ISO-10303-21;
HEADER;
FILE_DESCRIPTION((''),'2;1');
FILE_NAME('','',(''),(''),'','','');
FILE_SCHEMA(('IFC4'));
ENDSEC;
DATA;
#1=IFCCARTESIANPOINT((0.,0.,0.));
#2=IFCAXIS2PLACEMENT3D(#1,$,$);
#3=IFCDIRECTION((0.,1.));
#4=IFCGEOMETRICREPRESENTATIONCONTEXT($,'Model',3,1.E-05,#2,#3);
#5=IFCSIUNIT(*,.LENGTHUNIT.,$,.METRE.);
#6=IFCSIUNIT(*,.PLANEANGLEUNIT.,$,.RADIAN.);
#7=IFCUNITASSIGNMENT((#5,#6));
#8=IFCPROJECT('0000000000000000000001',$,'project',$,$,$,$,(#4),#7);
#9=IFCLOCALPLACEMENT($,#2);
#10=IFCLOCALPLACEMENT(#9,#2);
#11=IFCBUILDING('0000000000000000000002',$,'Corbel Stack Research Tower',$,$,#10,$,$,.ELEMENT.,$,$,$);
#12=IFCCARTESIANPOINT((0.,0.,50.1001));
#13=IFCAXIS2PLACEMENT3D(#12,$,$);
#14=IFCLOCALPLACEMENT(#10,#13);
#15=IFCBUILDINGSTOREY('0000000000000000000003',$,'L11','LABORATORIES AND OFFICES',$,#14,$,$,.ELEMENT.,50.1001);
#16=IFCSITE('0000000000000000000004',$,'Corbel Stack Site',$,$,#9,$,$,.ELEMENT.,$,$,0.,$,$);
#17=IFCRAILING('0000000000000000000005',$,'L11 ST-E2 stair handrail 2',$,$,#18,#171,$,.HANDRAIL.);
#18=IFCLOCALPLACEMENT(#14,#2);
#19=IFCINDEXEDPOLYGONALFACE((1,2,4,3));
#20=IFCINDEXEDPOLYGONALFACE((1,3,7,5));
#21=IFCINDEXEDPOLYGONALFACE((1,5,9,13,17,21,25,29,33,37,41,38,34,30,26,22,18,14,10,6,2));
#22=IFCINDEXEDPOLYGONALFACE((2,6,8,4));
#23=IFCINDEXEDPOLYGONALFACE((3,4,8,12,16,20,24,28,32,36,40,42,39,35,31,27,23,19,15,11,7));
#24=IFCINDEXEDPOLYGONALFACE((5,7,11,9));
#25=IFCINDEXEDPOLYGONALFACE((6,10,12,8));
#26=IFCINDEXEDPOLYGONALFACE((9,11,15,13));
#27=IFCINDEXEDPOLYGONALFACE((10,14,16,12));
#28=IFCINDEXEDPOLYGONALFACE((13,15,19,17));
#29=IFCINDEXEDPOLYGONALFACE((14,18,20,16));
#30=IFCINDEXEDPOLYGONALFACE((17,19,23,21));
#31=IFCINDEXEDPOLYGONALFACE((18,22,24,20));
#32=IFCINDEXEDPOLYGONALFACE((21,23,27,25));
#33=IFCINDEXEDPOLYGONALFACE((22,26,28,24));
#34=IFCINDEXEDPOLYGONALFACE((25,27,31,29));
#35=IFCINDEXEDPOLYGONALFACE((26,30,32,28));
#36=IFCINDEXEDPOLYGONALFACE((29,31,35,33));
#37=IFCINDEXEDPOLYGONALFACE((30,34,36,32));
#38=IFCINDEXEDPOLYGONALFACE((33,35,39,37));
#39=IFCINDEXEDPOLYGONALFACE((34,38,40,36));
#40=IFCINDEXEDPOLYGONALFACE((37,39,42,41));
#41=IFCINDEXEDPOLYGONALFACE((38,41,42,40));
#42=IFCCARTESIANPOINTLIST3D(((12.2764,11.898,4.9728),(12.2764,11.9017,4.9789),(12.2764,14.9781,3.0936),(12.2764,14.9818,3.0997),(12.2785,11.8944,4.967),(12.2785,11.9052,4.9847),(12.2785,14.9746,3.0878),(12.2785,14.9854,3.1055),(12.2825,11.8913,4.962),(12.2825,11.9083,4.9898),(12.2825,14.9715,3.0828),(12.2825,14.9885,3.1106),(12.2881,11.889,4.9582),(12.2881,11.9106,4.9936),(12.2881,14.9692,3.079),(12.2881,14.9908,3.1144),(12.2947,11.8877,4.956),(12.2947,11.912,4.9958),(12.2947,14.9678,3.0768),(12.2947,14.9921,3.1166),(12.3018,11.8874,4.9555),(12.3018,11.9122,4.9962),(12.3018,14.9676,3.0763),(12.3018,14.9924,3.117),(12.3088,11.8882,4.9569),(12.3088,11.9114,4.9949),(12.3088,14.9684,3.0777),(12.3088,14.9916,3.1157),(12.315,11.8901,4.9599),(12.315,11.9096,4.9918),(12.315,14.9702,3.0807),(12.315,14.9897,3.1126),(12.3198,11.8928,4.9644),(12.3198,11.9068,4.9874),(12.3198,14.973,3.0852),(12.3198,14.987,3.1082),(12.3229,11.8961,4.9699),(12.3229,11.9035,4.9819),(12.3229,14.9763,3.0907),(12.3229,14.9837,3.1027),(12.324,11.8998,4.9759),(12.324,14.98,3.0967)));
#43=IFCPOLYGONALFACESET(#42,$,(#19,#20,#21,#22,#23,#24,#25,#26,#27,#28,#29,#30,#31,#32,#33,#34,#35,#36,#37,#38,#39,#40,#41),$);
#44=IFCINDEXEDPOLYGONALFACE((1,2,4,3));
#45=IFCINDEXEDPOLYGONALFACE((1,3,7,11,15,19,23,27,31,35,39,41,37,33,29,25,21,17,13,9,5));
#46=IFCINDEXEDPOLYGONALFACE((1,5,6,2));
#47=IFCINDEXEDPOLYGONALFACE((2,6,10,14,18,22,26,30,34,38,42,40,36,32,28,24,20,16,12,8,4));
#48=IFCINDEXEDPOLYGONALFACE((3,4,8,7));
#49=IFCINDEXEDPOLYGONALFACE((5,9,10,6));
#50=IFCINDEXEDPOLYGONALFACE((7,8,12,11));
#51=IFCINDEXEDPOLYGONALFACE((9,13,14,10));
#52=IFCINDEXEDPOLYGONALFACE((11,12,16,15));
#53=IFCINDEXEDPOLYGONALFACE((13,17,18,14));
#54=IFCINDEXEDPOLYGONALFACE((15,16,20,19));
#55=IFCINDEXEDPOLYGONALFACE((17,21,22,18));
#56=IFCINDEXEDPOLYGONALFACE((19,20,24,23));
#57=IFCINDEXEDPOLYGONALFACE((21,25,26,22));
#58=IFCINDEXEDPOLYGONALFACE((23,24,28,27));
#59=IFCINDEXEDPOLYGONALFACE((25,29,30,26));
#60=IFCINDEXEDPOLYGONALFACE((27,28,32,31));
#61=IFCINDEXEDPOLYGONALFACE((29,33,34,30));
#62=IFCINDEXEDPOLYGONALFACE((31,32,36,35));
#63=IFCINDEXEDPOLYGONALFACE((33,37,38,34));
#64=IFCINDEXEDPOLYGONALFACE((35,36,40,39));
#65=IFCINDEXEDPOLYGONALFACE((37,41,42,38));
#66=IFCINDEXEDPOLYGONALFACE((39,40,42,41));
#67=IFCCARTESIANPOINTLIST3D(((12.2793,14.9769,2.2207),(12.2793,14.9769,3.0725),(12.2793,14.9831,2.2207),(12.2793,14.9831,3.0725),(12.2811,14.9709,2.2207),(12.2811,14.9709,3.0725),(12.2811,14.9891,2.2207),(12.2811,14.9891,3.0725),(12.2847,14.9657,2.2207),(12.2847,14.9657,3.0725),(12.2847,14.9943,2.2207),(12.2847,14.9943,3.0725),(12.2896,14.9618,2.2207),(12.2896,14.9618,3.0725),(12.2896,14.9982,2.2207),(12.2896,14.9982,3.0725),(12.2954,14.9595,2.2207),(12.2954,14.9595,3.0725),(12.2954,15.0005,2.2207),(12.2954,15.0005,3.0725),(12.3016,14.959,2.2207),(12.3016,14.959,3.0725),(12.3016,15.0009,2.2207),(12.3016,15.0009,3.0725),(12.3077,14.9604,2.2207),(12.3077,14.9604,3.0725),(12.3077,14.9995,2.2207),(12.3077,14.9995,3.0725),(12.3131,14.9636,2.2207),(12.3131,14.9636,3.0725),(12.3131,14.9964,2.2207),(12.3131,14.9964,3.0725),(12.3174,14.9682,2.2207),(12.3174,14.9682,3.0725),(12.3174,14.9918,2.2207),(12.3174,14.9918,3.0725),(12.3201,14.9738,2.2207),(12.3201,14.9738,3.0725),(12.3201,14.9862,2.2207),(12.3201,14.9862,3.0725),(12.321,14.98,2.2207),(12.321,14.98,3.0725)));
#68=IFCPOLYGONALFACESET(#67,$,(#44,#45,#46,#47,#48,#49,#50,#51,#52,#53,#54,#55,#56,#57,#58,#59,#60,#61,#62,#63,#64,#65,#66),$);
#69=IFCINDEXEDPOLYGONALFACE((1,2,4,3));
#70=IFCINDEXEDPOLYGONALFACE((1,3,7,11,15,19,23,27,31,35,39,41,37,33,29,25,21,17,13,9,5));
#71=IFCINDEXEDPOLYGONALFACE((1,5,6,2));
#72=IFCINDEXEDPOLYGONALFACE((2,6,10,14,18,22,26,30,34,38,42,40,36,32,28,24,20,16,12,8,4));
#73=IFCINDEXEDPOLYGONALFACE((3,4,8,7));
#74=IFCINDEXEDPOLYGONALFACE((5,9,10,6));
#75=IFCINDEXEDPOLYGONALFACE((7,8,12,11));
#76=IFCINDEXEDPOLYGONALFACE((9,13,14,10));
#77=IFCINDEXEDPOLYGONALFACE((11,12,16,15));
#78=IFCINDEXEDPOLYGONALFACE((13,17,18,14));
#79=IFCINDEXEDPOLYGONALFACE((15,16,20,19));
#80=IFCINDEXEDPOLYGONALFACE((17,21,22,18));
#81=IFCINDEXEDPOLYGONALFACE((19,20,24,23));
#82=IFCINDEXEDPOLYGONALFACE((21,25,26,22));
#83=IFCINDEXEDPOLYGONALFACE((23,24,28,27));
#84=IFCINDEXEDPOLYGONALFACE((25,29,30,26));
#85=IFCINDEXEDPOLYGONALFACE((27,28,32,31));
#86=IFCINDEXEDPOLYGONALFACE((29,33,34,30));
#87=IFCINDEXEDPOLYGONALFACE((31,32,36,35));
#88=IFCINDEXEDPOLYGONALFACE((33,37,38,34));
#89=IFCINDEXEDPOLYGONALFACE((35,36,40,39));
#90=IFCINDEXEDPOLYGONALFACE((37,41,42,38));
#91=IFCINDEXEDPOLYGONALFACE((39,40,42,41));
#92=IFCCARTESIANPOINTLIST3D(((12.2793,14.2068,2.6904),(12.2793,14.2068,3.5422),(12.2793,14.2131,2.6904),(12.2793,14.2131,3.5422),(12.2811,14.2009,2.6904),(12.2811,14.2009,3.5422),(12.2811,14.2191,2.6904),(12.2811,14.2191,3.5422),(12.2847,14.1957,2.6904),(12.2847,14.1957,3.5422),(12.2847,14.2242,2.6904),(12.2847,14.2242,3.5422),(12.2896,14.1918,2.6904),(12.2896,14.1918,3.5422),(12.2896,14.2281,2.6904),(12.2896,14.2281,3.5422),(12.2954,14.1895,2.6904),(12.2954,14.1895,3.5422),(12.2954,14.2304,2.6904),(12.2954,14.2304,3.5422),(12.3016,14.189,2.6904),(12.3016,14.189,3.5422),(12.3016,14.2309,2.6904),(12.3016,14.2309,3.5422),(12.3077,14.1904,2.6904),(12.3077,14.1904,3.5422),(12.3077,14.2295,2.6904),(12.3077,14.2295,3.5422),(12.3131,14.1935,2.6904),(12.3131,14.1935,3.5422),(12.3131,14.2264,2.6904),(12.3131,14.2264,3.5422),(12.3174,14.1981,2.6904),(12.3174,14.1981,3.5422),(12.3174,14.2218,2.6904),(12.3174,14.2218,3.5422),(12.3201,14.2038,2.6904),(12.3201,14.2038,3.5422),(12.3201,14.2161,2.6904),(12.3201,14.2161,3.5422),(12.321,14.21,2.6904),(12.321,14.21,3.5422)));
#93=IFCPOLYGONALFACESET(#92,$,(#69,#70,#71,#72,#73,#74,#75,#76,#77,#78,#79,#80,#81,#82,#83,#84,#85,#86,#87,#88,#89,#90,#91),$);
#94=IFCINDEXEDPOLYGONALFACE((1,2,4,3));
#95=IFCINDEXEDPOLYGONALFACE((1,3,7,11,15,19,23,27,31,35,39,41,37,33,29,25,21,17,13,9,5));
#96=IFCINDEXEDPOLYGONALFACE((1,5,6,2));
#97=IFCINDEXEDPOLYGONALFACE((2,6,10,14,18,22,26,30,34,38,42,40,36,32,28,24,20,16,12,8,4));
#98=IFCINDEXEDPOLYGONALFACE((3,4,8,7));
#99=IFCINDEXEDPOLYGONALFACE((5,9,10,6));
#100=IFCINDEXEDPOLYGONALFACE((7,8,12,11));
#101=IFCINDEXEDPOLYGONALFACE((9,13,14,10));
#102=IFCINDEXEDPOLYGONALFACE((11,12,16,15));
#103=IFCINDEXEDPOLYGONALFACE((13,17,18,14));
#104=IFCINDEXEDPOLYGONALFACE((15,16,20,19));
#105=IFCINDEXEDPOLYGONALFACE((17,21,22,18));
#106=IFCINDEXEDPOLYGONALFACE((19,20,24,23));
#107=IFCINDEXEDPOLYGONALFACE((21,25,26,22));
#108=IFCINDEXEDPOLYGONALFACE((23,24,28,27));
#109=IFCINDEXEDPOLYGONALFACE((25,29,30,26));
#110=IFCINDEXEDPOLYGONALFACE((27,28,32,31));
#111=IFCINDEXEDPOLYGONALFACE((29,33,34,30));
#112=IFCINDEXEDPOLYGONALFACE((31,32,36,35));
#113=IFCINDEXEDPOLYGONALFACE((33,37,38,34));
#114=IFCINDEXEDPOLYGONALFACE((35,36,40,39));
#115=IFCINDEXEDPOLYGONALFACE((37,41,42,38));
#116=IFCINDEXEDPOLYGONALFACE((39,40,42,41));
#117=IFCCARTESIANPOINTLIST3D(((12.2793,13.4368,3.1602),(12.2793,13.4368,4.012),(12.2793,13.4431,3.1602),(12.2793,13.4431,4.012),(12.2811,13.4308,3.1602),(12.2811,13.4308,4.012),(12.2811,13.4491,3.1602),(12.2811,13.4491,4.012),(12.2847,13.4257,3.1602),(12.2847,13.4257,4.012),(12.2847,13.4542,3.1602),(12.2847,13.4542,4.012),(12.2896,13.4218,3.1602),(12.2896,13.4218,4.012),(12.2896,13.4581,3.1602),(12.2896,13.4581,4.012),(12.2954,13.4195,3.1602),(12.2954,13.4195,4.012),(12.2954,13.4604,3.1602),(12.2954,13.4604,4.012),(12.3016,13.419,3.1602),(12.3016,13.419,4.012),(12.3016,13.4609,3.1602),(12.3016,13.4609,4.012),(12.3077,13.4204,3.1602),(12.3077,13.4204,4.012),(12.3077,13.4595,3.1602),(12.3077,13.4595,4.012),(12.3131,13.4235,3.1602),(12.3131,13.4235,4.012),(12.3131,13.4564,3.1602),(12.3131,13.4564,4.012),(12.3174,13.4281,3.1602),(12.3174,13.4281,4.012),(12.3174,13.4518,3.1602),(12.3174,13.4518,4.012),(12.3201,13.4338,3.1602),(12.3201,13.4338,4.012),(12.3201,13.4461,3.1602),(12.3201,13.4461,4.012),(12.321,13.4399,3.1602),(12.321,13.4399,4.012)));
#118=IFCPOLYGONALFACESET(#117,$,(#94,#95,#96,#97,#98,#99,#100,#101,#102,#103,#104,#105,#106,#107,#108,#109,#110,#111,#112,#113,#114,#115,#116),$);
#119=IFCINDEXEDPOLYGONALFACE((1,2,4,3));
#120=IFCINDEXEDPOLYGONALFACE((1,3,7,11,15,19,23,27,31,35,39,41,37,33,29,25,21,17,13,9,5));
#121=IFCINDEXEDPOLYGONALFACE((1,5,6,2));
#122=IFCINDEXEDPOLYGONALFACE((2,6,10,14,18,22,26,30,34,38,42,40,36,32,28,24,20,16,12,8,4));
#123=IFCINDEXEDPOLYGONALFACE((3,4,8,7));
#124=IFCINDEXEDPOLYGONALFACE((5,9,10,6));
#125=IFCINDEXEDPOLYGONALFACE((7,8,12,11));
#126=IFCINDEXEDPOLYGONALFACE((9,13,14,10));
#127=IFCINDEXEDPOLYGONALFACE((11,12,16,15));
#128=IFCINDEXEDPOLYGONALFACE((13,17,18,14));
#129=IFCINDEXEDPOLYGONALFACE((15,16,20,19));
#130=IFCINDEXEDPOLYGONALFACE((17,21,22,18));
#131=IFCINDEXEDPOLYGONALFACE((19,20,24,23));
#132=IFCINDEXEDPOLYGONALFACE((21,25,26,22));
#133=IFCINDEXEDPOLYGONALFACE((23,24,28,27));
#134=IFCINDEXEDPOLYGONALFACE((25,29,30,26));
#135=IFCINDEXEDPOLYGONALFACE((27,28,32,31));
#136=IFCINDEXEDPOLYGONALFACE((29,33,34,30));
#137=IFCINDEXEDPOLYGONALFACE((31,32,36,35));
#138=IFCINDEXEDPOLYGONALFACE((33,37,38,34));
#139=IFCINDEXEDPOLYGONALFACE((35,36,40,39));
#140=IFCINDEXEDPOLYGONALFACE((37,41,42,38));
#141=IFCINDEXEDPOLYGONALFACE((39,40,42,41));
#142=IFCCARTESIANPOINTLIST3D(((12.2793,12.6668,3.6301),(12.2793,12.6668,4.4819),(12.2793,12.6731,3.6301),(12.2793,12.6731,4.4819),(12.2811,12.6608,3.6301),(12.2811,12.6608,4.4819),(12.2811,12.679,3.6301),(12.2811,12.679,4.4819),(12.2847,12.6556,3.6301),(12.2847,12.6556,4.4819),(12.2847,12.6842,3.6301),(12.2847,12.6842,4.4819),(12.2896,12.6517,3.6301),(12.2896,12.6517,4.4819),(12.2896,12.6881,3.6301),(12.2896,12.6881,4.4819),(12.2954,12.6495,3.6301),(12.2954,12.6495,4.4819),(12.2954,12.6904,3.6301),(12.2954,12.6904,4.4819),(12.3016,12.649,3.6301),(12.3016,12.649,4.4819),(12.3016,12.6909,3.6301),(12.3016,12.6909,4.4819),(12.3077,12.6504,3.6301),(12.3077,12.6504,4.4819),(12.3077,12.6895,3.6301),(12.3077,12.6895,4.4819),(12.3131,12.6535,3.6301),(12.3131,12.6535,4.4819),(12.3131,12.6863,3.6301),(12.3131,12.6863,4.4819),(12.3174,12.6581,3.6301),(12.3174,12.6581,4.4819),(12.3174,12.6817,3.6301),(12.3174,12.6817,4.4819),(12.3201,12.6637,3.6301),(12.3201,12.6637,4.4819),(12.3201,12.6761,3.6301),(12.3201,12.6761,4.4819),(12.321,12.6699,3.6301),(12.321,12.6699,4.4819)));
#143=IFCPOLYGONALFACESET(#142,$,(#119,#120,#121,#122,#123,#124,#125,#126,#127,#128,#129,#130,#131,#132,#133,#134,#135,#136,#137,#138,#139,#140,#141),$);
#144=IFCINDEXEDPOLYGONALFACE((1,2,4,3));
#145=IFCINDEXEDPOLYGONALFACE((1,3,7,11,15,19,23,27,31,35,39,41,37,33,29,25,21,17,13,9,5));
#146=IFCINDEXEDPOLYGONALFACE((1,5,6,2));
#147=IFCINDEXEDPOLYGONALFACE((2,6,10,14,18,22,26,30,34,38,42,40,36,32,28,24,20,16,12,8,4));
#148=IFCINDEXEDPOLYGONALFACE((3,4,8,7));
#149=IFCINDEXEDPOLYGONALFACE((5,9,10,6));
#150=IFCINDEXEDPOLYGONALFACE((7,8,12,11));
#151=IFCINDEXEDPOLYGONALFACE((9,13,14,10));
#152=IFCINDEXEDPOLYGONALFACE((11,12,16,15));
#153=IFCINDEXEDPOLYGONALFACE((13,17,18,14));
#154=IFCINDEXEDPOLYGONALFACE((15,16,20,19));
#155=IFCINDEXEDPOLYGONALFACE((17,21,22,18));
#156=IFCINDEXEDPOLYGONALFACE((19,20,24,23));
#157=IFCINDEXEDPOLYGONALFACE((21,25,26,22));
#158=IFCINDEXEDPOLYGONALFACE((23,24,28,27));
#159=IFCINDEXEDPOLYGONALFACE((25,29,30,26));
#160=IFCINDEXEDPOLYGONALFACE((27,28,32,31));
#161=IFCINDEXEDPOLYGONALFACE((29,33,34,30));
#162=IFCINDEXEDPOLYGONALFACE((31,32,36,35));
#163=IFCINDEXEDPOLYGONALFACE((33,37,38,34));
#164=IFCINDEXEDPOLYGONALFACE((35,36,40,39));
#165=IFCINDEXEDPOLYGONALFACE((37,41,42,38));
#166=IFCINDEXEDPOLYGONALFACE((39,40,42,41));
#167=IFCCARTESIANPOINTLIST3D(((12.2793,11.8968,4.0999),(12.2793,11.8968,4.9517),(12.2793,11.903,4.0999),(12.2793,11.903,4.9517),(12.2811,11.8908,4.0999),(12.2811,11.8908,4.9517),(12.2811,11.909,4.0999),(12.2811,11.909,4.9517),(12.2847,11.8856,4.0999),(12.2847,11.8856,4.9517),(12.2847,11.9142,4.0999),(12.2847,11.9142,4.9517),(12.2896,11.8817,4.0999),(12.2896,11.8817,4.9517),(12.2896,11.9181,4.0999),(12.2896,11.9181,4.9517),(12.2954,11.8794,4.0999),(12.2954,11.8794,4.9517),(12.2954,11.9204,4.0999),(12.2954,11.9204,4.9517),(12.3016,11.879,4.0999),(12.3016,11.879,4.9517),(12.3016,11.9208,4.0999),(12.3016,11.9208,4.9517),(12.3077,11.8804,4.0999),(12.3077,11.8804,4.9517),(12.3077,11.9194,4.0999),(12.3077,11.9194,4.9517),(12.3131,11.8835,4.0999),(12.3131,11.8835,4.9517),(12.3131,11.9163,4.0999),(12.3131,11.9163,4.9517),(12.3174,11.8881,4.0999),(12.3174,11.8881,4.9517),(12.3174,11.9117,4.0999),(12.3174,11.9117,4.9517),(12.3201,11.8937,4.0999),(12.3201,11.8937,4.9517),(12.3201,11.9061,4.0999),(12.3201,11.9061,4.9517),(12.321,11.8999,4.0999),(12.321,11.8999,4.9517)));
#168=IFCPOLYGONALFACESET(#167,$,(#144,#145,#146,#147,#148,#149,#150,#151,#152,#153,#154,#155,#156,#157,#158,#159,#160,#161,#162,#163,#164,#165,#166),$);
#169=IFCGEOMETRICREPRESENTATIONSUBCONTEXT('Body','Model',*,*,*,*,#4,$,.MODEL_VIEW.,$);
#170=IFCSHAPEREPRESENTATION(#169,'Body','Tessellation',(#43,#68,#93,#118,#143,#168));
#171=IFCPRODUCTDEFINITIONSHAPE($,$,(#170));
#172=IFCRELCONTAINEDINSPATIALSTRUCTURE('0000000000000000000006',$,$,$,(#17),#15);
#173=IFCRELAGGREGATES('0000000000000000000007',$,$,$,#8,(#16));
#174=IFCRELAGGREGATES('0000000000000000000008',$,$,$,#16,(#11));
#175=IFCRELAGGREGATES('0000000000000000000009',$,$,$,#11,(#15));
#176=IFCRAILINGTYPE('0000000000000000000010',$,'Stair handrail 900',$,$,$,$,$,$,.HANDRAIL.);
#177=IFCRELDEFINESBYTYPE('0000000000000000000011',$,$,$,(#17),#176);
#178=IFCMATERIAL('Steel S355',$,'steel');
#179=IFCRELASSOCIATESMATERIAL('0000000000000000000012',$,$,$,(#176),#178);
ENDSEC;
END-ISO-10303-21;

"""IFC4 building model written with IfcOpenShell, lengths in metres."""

from ifc_helpers import new_model, si_unit, direction, frame, origin, origin_2d, place, context, subcontext, project, spatial, circle, extrude, material, type_object, element, save


model = new_model("IFC4")

# Units and contexts
model_context = context("Model", 3, precision=1e-05, world=origin(), true_north=direction((0.0, 1.0)))
body_context = subcontext(model_context, "Body", "Model", "MODEL_VIEW")
ifc_project = project(units=[si_unit("LENGTHUNIT", "METRE"), si_unit("PLANEANGLEUNIT", "RADIAN")], contexts=[model_context])

# Site, building, storey
site_placement = place(None, origin())
site = spatial("IfcSite", under=ifc_project, at=site_placement, Name="Corbel Stack Site", CompositionType="ELEMENT", RefElevation=0.0)
building_placement = place(site_placement, origin())
building = spatial("IfcBuilding", under=site, at=building_placement, Name="Corbel Stack Research Tower", CompositionType="ELEMENT")
storey_placement = place(building_placement, frame((0.0, 0.0, 50.1001)))
storey = spatial("IfcBuildingStorey", under=building, at=storey_placement, Name="L11", Description="LABORATORIES AND OFFICES", CompositionType="ELEMENT", Elevation=50.1001)

# Railing
ifc_material_1 = material(Name="Steel S355", Category="steel")
railing_type_1 = type_object("IfcRailingType", Name="Stair handrail 900", PredefinedType="HANDRAIL", material=ifc_material_1)
railing_1_placement = place(storey_placement, frame((12.3, 14.98, 2.2207)))
element("IfcRailing", 1, at=railing_1_placement, inside=storey, type_object=railing_type_1, Name="L11 ST-E2 stair handrail 2", PredefinedType="HANDRAIL", context=body_context, shape_type="SweptSolid", body=[
    extrude(circle(Radius=0.0239, at=origin_2d()), frame((0.0, 0.0, 0.876), z_axis=(0.0, -0.853666, 0.52082), x_axis=(1.0, 0.0, 0.0)), (0.0, 0.0, 1.0), 3.6082),
    extrude(circle(Radius=0.021, at=origin_2d()), origin(), (0.0, 0.0, 1.0), 0.8518),
    extrude(circle(Radius=0.021, at=origin_2d()), frame((0.0, -0.77, 0.4697)), (0.0, 0.0, 1.0), 0.8518),
    extrude(circle(Radius=0.021, at=origin_2d()), frame((0.0, -1.54, 0.9395)), (0.0, 0.0, 1.0), 0.8518),
    extrude(circle(Radius=0.021, at=origin_2d()), frame((0.0, -2.3101, 1.4094)), (0.0, 0.0, 1.0), 0.8518),
    extrude(circle(Radius=0.021, at=origin_2d()), frame((0.0, -3.0801, 1.8792)), (0.0, 0.0, 1.0), 0.8518),
])

save(model, "model.ifc")
